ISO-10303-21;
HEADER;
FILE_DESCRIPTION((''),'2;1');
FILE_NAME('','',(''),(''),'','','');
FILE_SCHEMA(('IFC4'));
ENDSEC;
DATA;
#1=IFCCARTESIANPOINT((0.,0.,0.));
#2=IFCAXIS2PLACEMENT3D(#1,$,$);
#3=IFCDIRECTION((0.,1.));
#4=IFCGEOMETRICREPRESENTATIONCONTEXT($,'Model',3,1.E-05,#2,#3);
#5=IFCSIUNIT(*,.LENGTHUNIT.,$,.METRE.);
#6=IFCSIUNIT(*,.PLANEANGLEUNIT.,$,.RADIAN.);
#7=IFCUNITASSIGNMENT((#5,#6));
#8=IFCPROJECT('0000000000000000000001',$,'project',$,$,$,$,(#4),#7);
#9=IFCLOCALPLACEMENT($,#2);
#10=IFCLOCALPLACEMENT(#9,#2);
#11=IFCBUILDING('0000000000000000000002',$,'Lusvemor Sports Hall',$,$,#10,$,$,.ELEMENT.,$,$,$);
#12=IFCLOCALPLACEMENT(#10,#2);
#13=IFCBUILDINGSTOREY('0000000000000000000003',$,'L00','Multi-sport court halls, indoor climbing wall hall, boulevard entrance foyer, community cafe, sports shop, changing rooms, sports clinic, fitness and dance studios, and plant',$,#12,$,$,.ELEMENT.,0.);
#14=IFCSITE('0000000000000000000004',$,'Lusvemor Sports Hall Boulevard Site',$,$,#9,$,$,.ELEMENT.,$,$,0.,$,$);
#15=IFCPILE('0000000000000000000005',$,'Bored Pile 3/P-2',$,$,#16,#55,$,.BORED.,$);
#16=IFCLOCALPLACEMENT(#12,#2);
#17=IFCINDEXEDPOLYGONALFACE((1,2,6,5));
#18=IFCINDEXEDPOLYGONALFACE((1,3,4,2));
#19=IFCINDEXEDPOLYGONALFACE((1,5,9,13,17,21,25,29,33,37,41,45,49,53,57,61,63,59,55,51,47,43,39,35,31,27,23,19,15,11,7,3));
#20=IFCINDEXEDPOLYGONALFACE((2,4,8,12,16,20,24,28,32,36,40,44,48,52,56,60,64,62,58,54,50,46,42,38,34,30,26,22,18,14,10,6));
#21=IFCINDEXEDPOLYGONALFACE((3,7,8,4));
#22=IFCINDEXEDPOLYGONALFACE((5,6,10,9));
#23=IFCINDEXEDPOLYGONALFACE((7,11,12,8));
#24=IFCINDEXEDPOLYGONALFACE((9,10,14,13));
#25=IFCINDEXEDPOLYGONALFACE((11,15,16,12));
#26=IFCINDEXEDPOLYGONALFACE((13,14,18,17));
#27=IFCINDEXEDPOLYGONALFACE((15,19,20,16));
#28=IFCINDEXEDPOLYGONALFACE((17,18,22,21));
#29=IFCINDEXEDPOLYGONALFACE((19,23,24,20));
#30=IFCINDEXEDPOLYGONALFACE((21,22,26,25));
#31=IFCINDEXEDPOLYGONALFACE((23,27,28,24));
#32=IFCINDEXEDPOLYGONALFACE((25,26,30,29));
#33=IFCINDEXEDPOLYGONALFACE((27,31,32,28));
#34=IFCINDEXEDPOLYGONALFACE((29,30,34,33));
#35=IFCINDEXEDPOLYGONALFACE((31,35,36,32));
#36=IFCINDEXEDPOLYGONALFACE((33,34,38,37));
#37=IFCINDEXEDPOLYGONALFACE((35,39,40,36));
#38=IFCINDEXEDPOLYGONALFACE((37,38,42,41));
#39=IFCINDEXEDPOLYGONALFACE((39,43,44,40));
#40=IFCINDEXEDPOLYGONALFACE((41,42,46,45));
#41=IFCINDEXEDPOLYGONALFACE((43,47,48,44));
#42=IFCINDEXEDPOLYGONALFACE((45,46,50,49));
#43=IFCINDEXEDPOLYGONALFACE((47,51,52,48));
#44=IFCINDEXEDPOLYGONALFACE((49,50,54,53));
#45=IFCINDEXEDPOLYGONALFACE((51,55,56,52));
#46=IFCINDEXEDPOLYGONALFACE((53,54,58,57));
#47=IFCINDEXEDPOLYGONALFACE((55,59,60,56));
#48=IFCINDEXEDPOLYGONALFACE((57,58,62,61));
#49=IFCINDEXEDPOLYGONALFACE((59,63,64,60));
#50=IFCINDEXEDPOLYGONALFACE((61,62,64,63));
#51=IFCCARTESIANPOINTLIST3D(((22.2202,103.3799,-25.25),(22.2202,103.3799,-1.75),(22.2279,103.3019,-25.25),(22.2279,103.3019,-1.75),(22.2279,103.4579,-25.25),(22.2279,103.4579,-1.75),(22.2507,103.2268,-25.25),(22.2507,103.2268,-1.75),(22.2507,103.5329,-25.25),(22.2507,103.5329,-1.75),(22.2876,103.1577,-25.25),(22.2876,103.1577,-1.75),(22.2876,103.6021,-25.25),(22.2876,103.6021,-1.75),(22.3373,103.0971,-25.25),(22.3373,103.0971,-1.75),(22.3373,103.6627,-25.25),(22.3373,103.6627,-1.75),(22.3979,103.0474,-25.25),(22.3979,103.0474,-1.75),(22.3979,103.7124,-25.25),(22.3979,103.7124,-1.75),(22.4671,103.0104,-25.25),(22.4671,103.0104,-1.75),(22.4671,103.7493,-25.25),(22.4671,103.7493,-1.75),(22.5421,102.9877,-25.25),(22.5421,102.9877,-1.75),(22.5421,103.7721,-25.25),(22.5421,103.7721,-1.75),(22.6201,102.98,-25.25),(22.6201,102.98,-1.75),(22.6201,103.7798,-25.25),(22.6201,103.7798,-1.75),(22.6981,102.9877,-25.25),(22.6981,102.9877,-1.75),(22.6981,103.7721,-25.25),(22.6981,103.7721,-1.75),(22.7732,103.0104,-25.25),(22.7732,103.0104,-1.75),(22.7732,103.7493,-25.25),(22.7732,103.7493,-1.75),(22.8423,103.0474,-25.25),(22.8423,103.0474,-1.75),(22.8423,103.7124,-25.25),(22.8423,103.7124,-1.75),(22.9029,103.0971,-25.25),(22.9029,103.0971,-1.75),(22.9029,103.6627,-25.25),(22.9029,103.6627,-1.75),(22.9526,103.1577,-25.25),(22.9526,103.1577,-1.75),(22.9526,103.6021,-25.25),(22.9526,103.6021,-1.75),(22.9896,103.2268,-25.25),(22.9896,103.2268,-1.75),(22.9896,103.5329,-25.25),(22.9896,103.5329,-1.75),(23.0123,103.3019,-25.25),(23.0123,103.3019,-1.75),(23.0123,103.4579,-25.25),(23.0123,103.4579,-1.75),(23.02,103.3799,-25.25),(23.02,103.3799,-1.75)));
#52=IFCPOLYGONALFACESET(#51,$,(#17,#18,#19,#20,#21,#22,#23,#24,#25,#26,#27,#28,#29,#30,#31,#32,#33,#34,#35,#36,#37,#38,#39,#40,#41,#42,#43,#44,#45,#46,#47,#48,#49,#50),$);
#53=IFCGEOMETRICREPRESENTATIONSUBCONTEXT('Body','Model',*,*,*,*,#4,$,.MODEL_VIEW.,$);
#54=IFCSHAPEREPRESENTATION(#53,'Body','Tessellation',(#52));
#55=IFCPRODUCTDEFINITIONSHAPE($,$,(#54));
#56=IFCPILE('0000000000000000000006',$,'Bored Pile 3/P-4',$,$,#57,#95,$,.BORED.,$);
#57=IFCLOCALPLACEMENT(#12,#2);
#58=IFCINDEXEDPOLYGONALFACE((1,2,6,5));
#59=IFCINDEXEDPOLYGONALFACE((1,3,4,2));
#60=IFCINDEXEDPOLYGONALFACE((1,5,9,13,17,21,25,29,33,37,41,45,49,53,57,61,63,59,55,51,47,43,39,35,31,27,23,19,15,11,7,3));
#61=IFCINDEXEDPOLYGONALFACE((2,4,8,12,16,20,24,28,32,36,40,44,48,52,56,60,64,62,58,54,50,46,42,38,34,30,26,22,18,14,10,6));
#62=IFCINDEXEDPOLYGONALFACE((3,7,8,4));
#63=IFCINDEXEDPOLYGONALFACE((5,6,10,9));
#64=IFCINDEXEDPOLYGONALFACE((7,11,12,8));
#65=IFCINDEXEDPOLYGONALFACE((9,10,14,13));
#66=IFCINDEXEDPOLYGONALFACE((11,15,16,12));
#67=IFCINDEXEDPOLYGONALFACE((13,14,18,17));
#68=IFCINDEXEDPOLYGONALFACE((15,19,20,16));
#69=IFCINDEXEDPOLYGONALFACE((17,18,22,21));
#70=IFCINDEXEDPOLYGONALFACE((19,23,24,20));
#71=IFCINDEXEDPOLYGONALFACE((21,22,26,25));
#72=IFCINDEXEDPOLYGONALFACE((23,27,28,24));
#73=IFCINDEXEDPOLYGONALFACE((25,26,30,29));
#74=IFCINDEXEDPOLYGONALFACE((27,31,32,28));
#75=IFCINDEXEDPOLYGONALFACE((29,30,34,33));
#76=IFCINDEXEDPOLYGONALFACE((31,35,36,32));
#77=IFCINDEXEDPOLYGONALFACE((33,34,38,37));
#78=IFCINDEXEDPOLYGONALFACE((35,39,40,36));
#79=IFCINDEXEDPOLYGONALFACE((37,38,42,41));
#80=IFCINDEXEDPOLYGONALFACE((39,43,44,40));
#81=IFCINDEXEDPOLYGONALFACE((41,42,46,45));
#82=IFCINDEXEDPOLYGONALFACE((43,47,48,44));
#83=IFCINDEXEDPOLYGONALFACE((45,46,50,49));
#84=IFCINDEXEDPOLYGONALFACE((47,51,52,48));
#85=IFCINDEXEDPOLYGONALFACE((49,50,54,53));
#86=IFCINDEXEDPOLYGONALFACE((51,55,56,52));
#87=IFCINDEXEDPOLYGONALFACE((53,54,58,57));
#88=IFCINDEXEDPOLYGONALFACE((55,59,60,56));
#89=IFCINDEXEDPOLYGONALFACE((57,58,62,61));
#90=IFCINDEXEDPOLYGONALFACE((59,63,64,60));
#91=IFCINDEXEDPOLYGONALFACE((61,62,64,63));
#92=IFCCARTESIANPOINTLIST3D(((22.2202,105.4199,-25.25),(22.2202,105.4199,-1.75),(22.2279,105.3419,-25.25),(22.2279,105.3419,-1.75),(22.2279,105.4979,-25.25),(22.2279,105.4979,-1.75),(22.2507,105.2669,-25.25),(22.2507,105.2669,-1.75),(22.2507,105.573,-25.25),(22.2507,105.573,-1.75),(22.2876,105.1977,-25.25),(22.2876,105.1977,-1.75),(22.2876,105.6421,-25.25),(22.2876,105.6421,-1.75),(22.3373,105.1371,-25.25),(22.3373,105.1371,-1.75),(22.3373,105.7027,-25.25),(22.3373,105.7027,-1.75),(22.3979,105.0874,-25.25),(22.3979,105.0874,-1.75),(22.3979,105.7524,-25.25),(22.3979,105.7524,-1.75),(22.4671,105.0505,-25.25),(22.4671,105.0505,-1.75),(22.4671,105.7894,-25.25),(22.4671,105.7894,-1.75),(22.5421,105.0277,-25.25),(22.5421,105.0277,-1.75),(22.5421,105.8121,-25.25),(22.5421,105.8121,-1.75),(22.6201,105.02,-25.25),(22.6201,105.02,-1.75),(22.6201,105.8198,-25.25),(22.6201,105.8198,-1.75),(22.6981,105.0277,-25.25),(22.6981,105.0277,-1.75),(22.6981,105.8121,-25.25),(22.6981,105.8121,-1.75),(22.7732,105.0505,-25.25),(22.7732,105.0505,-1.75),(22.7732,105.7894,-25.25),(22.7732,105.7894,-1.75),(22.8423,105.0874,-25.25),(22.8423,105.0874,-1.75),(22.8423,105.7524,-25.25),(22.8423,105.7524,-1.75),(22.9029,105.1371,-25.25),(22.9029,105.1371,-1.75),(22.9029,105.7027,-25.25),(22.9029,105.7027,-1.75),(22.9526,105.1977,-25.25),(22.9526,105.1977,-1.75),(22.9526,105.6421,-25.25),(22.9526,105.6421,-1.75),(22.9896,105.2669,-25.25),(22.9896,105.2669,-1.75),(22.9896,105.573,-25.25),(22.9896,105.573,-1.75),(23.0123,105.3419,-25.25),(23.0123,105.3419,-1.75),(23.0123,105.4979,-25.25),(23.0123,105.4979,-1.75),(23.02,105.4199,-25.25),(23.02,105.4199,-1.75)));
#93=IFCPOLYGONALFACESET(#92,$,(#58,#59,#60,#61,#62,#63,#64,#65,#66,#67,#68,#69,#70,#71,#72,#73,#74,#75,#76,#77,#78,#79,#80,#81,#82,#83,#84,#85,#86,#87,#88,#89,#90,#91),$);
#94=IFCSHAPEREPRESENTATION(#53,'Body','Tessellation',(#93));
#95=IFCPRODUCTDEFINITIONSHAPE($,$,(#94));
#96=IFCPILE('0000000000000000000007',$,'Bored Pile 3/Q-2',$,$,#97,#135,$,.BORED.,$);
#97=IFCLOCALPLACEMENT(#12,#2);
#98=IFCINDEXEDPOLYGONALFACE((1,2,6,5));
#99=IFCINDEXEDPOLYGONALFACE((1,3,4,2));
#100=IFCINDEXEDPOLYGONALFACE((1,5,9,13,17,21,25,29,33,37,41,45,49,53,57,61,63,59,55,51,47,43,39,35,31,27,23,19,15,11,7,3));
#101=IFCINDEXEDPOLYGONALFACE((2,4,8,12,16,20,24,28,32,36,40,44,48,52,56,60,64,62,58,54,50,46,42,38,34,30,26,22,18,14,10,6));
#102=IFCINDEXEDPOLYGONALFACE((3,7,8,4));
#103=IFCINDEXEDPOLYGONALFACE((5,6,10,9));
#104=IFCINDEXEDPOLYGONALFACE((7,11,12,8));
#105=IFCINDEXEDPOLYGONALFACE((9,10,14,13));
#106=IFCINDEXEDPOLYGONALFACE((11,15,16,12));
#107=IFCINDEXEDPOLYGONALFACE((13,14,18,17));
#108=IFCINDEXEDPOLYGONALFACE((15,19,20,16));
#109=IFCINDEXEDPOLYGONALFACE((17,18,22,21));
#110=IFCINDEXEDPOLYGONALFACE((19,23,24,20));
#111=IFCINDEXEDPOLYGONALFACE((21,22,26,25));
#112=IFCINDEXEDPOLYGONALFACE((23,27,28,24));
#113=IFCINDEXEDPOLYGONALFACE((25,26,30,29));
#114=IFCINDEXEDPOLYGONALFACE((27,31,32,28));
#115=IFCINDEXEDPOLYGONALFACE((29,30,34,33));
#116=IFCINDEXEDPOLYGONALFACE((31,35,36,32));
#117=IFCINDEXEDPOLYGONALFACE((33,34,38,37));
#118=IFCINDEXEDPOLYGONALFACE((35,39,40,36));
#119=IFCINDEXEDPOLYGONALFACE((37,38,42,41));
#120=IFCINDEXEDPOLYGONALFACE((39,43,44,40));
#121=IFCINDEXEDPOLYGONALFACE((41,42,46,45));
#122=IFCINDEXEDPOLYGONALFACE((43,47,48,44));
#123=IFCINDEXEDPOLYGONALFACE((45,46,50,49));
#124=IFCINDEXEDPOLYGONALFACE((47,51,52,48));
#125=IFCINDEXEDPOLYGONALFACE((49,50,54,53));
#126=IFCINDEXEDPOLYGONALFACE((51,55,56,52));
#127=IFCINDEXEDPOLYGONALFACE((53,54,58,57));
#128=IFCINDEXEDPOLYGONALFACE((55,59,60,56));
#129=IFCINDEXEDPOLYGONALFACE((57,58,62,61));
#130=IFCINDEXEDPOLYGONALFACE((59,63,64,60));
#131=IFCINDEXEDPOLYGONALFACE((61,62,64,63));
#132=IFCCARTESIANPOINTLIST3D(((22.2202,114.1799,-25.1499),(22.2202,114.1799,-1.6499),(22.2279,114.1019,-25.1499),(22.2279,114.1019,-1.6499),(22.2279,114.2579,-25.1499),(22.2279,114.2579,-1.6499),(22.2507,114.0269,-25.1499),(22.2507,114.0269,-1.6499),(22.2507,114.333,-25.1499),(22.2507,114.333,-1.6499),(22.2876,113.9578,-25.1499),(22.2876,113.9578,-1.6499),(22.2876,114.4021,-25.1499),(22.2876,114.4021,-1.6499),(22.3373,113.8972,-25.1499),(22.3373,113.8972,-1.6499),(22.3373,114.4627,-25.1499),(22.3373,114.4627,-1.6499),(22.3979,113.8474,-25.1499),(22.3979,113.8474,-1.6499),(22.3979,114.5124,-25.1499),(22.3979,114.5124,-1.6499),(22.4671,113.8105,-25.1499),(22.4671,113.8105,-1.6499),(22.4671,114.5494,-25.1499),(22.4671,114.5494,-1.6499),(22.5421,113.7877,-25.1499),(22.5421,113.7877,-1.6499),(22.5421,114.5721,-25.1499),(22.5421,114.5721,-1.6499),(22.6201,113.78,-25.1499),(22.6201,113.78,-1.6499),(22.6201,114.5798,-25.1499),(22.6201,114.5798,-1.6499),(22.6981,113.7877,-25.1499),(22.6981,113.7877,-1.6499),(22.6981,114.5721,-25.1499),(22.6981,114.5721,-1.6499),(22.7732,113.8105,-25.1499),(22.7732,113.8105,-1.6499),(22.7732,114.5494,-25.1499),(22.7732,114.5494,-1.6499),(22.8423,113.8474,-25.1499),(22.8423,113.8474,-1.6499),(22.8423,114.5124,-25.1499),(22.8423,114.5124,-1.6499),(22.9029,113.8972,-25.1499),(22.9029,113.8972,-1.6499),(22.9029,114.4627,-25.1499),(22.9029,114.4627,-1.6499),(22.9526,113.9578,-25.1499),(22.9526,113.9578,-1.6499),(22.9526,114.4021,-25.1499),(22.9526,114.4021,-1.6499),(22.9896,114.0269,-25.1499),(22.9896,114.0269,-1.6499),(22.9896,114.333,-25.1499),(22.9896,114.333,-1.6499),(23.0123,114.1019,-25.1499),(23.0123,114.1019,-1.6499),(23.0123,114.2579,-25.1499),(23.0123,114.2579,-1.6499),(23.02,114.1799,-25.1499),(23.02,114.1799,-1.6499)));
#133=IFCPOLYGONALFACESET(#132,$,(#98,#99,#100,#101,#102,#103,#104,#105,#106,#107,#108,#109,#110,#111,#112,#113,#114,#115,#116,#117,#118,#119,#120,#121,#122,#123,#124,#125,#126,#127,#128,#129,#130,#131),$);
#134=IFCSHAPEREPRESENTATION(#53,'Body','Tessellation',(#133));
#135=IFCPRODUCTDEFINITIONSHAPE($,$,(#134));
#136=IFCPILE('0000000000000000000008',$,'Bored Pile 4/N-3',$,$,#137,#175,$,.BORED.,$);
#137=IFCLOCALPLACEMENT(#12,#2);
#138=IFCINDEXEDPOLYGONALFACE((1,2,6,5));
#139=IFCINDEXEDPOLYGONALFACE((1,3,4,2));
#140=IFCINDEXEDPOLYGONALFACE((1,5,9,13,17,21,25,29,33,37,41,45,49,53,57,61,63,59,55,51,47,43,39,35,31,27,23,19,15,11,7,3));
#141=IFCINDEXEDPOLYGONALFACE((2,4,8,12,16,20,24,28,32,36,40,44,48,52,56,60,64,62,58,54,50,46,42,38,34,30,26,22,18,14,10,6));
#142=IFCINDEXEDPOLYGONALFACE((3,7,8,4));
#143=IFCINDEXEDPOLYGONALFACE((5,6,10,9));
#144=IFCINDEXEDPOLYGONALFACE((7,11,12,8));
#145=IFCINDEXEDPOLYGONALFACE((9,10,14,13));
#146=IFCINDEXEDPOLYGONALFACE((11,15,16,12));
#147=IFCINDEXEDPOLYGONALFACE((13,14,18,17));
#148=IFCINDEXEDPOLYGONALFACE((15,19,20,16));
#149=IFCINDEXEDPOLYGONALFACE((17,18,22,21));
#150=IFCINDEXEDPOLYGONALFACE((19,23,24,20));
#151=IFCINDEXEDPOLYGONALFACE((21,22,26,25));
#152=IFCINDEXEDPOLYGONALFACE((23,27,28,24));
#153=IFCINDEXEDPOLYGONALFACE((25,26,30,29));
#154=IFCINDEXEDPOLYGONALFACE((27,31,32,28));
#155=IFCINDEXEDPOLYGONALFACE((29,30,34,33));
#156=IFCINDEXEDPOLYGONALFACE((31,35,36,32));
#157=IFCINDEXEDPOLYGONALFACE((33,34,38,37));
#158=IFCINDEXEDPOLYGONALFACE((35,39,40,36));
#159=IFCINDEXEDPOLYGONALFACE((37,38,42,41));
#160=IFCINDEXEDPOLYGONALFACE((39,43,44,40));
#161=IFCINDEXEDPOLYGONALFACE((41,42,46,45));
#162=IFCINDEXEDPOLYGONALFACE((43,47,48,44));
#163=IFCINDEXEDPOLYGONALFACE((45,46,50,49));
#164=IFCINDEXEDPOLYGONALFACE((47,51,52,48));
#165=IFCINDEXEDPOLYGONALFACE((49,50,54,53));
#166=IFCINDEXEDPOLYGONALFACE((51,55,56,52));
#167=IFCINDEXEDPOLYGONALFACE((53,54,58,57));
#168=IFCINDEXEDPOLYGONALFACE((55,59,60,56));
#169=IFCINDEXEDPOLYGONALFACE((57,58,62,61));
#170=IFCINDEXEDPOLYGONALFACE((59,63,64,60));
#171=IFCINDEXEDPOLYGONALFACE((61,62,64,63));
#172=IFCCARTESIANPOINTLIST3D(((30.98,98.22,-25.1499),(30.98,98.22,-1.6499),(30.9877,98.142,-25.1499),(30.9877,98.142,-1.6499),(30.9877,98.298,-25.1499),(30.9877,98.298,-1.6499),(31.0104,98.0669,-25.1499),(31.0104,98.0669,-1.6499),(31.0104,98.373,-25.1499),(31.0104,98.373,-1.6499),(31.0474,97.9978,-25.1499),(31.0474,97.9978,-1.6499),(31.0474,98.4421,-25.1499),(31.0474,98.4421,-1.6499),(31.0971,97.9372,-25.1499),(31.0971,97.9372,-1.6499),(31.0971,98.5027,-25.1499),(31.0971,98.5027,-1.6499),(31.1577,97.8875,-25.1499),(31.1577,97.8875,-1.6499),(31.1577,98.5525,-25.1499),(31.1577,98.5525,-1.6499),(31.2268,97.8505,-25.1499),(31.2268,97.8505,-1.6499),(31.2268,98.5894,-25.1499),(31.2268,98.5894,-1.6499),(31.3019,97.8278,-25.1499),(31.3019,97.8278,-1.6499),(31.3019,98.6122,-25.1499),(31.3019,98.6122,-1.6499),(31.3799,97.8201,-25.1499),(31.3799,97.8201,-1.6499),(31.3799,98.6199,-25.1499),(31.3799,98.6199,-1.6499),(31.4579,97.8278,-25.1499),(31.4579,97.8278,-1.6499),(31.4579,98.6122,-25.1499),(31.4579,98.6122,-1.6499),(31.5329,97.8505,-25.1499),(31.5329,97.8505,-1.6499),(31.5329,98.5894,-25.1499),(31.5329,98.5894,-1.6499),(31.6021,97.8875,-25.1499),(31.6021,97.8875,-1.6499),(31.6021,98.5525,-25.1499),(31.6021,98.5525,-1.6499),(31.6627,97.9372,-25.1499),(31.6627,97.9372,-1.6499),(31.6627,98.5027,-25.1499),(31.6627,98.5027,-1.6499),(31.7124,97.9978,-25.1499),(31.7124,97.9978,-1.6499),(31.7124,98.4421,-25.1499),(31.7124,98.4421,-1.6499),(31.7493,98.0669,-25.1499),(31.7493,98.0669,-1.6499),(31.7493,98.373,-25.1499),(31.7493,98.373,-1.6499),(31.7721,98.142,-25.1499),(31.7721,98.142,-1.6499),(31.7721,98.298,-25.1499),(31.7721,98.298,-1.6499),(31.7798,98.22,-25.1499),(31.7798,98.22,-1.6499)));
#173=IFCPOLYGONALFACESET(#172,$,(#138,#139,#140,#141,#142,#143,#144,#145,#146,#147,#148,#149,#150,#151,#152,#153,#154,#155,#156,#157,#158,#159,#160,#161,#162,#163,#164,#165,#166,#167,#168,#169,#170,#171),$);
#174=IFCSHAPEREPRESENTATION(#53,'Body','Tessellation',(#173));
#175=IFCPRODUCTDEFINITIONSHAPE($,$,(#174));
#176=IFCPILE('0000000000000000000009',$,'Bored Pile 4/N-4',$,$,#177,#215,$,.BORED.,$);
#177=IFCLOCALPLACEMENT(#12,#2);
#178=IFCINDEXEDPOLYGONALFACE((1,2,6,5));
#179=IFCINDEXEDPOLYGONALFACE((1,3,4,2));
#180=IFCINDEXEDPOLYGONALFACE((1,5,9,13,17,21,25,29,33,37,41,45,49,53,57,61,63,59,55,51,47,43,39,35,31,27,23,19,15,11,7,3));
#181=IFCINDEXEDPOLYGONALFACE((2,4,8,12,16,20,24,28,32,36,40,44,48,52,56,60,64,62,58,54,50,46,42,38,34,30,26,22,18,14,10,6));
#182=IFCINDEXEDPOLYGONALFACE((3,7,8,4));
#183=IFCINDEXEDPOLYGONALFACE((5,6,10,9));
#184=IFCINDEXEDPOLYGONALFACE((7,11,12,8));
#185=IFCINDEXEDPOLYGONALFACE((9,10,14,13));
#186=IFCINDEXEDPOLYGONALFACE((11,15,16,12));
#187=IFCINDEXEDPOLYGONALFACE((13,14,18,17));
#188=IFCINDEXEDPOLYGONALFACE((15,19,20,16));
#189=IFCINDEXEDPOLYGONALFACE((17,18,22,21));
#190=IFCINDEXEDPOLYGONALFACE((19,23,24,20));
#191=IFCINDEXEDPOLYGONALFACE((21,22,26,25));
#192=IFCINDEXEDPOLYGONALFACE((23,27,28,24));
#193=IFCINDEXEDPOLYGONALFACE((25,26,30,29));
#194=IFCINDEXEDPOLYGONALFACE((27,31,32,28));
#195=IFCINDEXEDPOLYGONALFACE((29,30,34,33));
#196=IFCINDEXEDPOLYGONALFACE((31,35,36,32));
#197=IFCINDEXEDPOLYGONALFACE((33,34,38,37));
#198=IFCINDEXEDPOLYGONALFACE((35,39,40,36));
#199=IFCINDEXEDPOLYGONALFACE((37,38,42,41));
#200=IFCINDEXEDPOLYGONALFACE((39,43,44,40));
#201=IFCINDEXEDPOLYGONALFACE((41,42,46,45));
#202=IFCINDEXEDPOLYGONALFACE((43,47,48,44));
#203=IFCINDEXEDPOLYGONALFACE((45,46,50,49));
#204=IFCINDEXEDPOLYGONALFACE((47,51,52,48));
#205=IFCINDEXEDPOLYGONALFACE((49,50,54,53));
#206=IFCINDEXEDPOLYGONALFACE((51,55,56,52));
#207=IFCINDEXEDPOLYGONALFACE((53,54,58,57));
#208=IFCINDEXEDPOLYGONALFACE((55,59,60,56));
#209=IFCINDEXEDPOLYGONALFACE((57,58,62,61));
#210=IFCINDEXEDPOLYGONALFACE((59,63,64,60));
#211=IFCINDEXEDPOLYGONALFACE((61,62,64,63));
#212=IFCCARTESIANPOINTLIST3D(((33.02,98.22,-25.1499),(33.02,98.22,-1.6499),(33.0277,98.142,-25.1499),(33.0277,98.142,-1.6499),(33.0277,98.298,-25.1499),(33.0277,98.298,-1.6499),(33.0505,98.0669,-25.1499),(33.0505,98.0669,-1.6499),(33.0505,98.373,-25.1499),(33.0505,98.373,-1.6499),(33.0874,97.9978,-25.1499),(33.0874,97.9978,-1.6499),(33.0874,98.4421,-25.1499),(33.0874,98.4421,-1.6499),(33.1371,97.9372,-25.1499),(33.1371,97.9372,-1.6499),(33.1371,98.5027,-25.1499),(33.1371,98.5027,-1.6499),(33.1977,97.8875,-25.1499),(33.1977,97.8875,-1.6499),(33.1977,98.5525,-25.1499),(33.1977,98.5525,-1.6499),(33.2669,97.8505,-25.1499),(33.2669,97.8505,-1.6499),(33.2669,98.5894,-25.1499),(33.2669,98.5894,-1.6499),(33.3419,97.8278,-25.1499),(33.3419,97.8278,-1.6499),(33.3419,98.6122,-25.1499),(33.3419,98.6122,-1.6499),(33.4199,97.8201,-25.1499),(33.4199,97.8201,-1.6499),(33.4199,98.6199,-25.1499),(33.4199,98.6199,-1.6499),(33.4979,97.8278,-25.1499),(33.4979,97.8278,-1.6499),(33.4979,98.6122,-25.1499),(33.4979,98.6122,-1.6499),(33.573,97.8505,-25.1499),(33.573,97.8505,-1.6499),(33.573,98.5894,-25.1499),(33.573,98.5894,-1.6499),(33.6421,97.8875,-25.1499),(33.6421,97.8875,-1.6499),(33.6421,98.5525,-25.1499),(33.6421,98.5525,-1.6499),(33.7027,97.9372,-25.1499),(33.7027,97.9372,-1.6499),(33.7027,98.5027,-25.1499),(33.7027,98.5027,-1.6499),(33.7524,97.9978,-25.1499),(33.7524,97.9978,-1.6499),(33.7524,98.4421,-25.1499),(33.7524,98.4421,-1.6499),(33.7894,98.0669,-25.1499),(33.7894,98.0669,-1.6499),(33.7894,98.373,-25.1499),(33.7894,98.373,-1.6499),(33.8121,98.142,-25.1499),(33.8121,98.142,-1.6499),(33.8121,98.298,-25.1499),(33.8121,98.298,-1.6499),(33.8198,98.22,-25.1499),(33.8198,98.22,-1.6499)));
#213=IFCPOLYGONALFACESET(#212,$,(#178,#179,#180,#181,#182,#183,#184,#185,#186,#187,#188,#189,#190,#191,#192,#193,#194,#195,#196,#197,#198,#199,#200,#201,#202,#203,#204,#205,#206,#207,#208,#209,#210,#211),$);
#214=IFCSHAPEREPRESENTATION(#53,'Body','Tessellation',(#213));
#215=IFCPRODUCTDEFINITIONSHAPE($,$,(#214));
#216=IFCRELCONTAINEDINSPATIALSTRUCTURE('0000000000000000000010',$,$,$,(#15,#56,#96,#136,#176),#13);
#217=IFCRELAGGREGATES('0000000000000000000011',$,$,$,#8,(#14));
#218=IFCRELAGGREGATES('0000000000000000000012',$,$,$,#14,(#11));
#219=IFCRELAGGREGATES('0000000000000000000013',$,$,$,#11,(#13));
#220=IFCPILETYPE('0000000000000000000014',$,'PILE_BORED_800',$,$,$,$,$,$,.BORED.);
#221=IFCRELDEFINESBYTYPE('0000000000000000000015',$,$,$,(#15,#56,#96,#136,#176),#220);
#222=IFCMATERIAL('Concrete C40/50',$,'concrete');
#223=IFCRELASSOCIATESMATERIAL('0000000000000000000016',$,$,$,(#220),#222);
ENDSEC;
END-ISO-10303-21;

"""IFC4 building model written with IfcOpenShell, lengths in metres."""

from ifc_helpers import new_model, si_unit, direction, frame, origin, origin_2d, place, context, subcontext, project, spatial, circle, extrude, material, material_profile, profile_set, type_object, element, save


model = new_model("IFC4")

# Units and contexts
model_context = context("Model", 3, precision=1e-05, world=origin(), true_north=direction((0.0, 1.0)))
body_context = subcontext(model_context, "Body", "Model", "MODEL_VIEW")
ifc_project = project(units=[si_unit("LENGTHUNIT", "METRE"), si_unit("PLANEANGLEUNIT", "RADIAN")], contexts=[model_context])

# Site, building, storey
site_placement = place(None, origin())
site = spatial("IfcSite", under=ifc_project, at=site_placement, Name="Lusvemor Sports Hall Boulevard Site", CompositionType="ELEMENT", RefElevation=0.0)
building_placement = place(site_placement, origin())
building = spatial("IfcBuilding", under=site, at=building_placement, Name="Lusvemor Sports Hall", CompositionType="ELEMENT")
storey_placement = place(building_placement, origin())
storey = spatial("IfcBuildingStorey", under=building, at=storey_placement, Name="L00", Description="Multi-sport court halls, indoor climbing wall hall, boulevard entrance foyer, community cafe, sports shop, changing rooms, sports clinic, fitness and dance studios, and plant", CompositionType="ELEMENT", Elevation=0.0)

# Piles
ifc_material_1 = material(Name="Concrete C40/50", Category="concrete")
ifc_material_profile_1 = material_profile(ifc_material_1, circle(Radius=0.3999, at=origin_2d()), Name="PILE800")
ifc_profile_set_1 = profile_set([ifc_material_profile_1], Name="Concrete C40/50")
pile_type = type_object("IfcPileType", Name="PILE_BORED_800", PredefinedType="BORED", material=ifc_profile_set_1)
for number, where, z_axis, x_axis, name in (
    (1, (22.6201, 103.3799, -1.75), (0.0, 0.0, -1.0), (1.0, 0.0, 0.0), "Bored Pile 3/P-2"),
    (2, (22.6201, 105.4199, -1.75), (0.0, 0.0, -1.0), (1.0, 0.0, 0.0), "Bored Pile 3/P-4"),
    (3, (22.6201, 114.1799, -1.6499), (0.0, 0.0, -1.0), (1.0, 0.0, 0.0), "Bored Pile 3/Q-2"),
    (4, (31.3799, 98.22, -1.6499), (0.0, 0.0, -1.0), (1.0, 0.0, 0.0), "Bored Pile 4/N-3"),
    (5, (33.4199, 98.22, -1.6499), (0.0, 0.0, -1.0), (1.0, 0.0, 0.0), "Bored Pile 4/N-4"),
):
    element("IfcPile", number, at=place(storey_placement, frame(where, z_axis=z_axis, x_axis=x_axis)), inside=storey, type_object=pile_type, Name=name, PredefinedType="BORED", context=body_context, shape_type="SweptSolid", body=[
        extrude(circle(Radius=0.3999, at=origin_2d()), origin(), (0.0, 0.0, 1.0), 23.5),
    ])

save(model, "model.ifc")
